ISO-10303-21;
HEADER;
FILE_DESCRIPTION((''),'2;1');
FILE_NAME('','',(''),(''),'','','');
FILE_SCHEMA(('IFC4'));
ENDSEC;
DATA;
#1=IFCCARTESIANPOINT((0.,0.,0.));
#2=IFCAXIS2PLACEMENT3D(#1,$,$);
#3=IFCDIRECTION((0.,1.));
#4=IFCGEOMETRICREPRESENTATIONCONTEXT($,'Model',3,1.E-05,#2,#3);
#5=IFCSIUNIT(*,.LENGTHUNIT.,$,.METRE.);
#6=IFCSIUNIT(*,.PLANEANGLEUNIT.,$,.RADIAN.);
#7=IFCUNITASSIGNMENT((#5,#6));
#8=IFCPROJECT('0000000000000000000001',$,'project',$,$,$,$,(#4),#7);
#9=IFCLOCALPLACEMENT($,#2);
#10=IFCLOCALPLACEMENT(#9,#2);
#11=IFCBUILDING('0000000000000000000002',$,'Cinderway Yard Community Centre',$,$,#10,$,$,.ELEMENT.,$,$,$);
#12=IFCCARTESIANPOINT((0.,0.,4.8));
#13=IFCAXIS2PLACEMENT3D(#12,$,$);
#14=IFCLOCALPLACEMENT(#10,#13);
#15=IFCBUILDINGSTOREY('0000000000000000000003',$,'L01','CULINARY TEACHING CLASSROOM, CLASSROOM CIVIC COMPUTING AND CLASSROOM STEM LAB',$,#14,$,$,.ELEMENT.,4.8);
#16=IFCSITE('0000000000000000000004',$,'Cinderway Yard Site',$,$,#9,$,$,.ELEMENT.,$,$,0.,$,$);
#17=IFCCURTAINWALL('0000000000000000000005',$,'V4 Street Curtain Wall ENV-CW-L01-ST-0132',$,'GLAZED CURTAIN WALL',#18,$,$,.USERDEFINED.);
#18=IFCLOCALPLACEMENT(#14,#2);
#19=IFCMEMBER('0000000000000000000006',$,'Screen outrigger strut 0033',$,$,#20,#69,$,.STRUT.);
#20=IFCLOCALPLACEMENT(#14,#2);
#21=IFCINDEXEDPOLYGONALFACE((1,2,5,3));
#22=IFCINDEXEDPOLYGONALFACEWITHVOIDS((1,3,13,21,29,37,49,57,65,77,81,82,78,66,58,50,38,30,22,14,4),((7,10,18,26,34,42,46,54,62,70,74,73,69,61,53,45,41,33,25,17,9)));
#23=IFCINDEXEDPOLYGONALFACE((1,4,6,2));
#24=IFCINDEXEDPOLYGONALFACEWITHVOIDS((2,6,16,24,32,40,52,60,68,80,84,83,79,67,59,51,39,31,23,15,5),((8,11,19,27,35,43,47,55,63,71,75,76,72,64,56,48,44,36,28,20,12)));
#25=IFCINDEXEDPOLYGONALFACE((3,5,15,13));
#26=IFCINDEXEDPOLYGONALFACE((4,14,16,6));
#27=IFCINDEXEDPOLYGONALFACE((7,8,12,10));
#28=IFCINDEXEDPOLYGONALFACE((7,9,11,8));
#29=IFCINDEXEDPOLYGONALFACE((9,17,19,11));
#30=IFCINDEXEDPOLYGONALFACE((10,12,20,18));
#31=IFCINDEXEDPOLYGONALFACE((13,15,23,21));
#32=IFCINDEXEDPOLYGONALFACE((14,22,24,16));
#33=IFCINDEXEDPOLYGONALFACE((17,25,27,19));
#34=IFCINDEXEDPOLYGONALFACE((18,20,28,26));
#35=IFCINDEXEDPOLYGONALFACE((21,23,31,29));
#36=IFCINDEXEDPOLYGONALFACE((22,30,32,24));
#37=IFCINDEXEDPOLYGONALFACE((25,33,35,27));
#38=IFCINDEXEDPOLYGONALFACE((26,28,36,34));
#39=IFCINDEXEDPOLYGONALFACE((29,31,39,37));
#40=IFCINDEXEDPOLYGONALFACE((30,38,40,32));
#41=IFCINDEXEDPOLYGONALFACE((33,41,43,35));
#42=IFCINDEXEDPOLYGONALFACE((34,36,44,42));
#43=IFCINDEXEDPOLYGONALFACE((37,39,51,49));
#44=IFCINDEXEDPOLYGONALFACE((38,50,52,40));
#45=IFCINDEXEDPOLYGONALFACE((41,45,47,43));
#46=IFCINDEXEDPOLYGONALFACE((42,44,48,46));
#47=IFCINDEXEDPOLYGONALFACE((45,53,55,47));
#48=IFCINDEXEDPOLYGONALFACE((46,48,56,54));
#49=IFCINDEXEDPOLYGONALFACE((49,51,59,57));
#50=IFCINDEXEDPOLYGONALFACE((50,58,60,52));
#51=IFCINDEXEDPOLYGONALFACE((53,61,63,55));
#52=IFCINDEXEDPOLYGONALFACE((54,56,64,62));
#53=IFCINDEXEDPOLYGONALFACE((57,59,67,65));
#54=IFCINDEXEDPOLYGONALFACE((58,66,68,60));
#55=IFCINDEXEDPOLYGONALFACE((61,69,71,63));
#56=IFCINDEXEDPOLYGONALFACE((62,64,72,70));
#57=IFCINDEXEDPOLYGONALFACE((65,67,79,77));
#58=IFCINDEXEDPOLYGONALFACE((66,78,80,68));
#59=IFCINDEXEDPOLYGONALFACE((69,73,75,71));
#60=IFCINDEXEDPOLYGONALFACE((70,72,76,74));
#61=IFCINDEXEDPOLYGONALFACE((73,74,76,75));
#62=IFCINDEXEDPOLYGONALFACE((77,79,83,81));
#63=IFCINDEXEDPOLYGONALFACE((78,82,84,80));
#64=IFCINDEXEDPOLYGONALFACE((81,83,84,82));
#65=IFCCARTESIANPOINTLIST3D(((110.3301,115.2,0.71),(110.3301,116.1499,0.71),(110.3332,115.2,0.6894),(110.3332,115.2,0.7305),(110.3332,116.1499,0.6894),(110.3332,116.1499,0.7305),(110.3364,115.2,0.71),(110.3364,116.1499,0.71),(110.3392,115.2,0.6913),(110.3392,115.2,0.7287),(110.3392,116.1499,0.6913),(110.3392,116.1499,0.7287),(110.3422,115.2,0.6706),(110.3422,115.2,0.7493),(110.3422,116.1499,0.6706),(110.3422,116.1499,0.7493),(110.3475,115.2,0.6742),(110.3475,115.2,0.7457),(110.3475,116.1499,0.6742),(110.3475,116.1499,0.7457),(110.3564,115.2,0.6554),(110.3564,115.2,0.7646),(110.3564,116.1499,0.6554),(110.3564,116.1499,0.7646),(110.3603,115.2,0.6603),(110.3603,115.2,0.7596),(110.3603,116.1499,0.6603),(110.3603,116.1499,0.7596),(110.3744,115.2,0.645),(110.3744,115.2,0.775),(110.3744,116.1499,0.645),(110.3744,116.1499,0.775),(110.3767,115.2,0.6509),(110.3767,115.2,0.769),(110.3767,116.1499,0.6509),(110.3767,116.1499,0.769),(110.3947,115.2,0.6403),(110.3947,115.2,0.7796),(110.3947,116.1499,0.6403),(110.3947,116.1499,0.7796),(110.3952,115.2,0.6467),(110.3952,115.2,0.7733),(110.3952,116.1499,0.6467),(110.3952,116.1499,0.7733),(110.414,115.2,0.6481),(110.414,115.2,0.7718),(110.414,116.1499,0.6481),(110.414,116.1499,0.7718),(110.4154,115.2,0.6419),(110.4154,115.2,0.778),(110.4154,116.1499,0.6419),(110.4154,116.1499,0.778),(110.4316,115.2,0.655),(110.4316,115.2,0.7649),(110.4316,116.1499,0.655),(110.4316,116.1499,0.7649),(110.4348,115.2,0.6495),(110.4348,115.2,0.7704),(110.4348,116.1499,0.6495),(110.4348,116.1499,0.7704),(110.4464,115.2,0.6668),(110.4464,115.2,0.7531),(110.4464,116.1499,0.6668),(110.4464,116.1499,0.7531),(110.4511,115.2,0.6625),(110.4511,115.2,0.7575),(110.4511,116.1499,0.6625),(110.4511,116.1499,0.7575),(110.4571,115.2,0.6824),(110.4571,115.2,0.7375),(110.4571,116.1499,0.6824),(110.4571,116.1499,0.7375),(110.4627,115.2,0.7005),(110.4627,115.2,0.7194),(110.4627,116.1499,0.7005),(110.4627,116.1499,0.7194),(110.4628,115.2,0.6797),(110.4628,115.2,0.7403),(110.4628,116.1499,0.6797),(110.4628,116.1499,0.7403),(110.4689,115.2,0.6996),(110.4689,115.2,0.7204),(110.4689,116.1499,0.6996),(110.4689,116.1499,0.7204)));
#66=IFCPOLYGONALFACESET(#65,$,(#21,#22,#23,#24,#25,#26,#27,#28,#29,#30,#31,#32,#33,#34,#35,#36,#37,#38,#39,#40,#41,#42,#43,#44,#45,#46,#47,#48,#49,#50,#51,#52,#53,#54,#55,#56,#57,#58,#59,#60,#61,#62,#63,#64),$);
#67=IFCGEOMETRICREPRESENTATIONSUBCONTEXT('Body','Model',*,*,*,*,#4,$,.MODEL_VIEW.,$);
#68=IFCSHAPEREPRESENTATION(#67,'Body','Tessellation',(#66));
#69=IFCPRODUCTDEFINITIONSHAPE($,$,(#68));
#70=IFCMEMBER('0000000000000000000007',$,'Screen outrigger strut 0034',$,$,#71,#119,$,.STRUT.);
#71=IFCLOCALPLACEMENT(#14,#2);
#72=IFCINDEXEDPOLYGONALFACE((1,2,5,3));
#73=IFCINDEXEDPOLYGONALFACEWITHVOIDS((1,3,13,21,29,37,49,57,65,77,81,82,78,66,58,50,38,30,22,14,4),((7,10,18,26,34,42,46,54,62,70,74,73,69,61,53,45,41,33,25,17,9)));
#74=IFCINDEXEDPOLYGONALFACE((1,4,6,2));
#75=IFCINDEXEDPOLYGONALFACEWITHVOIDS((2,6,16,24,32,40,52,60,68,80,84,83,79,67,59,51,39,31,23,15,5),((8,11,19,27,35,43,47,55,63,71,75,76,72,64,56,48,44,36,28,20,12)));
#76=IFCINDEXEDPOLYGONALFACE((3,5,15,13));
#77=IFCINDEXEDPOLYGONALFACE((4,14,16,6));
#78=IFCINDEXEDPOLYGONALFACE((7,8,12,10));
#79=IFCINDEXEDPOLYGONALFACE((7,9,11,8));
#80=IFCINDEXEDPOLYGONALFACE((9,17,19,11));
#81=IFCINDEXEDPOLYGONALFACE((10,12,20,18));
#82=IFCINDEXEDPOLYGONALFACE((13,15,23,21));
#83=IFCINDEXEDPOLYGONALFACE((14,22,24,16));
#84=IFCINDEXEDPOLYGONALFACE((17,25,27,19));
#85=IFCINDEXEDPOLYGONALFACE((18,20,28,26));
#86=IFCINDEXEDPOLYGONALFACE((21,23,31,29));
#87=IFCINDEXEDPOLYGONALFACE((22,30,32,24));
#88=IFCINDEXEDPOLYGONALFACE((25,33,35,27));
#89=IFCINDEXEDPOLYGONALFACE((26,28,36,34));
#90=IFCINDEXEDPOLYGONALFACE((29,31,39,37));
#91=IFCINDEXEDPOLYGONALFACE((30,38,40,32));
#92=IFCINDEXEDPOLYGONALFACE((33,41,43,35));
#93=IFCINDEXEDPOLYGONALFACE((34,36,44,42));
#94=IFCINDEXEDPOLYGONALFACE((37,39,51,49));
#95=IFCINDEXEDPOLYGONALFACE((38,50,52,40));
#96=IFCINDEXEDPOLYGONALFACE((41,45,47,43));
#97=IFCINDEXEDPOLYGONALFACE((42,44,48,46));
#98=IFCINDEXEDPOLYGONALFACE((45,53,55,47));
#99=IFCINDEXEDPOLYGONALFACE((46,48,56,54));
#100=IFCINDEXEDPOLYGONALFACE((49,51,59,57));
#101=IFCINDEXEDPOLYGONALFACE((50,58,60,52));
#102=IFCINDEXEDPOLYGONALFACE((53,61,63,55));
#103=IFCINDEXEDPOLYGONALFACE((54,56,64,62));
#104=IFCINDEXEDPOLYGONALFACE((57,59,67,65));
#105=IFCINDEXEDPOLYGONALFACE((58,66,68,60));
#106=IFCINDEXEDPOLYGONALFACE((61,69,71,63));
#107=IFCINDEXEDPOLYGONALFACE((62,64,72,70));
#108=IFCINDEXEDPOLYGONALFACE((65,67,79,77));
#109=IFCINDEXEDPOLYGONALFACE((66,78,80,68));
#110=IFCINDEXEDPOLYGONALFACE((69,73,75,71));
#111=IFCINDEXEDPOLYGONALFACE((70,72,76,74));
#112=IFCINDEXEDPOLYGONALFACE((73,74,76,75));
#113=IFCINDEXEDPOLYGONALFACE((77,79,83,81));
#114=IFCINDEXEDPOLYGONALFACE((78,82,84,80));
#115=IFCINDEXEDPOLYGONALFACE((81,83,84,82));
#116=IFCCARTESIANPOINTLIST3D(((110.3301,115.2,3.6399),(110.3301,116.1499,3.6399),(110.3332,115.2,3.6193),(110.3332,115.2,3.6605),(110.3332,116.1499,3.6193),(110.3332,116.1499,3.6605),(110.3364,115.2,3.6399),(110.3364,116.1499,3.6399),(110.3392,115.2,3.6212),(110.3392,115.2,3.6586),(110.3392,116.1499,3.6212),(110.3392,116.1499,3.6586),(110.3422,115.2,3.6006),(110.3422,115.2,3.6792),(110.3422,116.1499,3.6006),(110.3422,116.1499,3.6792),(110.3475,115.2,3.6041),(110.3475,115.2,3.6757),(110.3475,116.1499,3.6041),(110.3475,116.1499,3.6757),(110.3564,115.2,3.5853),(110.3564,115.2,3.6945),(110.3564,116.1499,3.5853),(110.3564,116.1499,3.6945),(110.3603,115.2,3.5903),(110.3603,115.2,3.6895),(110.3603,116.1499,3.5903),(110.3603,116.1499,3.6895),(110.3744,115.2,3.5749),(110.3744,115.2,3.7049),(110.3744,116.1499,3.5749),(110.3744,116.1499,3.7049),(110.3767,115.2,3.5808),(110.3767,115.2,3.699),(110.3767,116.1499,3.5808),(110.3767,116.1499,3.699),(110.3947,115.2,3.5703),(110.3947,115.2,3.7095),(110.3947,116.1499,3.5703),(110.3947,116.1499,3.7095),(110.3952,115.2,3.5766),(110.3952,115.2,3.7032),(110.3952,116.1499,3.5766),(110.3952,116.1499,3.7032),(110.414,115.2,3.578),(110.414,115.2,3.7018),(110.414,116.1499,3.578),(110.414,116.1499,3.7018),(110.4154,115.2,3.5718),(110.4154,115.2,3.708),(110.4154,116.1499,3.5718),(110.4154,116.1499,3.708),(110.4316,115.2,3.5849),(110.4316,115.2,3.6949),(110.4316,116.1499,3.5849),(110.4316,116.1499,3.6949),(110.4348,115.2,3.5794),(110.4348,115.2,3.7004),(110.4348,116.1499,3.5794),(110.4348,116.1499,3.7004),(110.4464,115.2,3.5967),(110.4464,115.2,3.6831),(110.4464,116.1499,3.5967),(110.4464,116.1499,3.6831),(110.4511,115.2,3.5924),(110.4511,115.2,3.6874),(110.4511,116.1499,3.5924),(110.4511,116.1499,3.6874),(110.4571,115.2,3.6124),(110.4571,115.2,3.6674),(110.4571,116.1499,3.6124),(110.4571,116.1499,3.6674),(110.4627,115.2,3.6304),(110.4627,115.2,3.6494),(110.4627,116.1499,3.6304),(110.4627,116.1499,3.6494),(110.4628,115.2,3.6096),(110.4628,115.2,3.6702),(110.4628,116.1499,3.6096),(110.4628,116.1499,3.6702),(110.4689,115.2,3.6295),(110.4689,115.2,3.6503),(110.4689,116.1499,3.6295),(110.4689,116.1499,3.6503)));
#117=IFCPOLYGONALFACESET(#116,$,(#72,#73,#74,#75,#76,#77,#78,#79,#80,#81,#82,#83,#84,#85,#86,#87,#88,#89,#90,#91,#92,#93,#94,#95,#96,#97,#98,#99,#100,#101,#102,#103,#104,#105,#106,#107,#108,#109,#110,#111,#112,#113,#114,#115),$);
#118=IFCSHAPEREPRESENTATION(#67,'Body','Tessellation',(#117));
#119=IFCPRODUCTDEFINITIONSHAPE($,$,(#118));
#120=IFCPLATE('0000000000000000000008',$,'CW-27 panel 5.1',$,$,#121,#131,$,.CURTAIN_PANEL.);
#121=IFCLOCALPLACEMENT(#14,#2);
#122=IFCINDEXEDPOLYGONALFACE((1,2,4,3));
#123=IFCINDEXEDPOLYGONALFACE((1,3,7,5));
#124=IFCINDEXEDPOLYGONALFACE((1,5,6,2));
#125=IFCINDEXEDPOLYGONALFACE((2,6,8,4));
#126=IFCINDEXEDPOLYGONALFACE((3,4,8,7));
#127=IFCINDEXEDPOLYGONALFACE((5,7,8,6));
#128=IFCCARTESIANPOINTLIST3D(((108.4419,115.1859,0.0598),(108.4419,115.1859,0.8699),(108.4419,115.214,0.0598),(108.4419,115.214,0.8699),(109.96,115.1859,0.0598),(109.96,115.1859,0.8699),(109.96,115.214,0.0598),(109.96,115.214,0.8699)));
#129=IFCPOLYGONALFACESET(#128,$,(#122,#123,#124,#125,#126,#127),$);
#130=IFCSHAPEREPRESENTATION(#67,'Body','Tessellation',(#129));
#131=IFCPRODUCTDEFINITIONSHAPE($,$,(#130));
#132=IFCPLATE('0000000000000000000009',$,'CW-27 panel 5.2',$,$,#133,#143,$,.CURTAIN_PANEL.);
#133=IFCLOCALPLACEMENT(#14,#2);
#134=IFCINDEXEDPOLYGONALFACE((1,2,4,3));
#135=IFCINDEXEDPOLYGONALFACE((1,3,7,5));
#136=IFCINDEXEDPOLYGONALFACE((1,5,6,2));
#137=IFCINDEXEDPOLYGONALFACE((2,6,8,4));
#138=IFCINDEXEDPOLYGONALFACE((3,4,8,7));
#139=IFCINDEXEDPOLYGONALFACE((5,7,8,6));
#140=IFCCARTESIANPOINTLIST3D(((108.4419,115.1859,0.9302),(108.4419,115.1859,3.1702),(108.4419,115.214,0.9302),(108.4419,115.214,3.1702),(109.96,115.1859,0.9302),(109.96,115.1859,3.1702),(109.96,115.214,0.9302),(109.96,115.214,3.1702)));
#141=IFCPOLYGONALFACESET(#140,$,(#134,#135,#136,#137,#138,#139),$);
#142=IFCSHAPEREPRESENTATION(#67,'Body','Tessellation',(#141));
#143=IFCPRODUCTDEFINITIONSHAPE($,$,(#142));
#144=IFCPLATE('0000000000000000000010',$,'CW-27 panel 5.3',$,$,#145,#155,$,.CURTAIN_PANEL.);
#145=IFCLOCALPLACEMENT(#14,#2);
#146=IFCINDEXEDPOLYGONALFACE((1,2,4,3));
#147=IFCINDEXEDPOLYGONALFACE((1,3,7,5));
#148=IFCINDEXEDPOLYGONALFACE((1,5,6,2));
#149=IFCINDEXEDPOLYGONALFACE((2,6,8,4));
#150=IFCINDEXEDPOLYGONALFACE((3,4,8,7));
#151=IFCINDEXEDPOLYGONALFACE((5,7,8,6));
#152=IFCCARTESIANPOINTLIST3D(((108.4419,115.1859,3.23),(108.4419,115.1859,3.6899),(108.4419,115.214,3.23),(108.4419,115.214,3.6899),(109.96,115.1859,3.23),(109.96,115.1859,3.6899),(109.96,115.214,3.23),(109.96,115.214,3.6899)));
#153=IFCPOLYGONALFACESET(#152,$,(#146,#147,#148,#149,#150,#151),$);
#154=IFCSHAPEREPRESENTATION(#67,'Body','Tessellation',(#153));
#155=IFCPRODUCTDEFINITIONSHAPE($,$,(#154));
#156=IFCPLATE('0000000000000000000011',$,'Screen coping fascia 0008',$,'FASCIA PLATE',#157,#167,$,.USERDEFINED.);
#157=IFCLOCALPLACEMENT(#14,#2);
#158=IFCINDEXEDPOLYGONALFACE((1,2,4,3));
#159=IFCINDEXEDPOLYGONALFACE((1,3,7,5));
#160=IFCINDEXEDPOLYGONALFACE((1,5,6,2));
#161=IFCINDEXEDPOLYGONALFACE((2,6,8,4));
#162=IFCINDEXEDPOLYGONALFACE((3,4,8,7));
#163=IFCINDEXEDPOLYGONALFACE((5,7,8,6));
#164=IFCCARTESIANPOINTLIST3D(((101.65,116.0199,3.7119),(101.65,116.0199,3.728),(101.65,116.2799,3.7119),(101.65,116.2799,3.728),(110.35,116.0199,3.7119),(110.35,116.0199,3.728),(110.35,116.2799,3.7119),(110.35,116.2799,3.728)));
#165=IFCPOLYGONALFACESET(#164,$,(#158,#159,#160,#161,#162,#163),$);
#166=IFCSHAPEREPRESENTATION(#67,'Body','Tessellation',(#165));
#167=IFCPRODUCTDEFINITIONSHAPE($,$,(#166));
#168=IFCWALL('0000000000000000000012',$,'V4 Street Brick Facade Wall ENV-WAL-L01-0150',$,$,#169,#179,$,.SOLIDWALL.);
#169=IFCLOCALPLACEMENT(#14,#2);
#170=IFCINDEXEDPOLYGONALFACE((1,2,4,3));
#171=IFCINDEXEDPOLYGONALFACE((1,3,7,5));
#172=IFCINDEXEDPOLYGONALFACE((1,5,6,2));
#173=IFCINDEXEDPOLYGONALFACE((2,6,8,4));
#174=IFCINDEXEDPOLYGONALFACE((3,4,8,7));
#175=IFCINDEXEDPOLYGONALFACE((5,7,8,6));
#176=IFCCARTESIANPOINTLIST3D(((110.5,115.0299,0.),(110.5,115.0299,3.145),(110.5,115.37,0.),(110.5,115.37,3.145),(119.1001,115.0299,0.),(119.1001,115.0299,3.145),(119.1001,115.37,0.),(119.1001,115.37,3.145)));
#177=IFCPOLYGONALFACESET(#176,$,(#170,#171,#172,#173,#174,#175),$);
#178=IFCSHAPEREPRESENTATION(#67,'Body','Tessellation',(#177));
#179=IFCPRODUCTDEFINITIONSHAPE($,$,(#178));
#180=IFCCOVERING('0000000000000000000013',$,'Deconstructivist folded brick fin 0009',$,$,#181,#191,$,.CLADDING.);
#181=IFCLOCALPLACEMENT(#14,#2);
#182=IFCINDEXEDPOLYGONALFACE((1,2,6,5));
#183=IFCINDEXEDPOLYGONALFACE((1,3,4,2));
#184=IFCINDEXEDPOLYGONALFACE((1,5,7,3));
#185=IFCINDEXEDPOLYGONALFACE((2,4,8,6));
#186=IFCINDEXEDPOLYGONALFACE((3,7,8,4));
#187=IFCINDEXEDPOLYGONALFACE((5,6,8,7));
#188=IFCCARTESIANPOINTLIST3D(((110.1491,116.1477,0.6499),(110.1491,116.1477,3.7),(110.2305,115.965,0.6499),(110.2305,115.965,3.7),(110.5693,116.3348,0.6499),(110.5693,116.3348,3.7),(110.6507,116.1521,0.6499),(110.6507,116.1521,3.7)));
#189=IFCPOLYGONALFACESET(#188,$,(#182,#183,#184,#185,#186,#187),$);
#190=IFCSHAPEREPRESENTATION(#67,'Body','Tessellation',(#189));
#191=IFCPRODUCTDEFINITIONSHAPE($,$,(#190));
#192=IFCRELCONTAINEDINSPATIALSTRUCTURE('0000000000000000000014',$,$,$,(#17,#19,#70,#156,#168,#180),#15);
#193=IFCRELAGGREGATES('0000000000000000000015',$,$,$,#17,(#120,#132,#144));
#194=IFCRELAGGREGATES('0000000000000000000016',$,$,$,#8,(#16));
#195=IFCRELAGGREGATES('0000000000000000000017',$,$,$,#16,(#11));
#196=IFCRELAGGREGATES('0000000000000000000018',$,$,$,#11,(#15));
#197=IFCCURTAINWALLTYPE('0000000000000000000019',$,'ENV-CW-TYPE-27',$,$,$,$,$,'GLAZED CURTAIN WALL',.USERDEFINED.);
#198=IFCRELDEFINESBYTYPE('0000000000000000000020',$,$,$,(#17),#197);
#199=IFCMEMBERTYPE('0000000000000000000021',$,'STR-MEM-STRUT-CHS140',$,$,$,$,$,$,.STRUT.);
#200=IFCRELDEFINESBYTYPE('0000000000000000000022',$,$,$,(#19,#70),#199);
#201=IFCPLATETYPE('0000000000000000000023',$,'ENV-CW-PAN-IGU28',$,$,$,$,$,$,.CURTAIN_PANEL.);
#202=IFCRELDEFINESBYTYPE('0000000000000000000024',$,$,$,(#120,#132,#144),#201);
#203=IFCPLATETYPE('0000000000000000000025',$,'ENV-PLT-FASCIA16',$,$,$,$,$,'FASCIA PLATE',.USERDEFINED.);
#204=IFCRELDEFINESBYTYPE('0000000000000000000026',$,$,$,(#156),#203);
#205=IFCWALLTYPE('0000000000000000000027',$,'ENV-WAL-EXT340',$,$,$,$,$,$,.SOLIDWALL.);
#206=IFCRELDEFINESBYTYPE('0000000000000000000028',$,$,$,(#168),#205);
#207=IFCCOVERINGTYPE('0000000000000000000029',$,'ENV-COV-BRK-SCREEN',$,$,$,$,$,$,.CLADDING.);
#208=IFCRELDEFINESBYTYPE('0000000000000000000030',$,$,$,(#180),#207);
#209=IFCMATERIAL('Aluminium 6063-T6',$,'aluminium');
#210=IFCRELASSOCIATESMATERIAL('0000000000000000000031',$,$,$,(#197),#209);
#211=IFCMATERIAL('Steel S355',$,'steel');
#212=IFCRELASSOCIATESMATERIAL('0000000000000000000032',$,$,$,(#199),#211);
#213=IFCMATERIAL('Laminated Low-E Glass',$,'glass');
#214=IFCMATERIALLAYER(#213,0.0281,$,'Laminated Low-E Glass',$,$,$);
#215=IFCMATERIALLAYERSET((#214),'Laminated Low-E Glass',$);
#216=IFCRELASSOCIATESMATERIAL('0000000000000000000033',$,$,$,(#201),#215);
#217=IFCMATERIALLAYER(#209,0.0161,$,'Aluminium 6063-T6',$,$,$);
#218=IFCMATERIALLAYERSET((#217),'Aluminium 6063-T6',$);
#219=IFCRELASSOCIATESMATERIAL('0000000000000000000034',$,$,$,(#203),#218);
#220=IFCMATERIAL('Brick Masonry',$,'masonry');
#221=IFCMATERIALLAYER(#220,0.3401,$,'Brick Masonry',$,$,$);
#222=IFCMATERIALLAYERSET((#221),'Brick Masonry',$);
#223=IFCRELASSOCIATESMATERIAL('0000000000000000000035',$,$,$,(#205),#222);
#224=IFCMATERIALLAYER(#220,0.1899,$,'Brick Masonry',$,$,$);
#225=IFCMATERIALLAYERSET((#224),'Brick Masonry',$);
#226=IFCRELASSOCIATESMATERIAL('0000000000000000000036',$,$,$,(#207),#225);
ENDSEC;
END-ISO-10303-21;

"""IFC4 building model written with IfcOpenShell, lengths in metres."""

from ifc_helpers import new_model, si_unit, direction, frame, frame_2d, origin, origin_2d, place, context, subcontext, project, spatial, rectangle, hollow_circle, extrude, material, layer, layer_set, material_profile, profile_set, type_object, element, aggregate, save


model = new_model("IFC4")

# Units and contexts
model_context = context("Model", 3, precision=1e-05, world=origin(), true_north=direction((0.0, 1.0)))
body_context = subcontext(model_context, "Body", "Model", "MODEL_VIEW")
ifc_project = project(units=[si_unit("LENGTHUNIT", "METRE"), si_unit("PLANEANGLEUNIT", "RADIAN")], contexts=[model_context])

# Site, building, storey
site_placement = place(None, origin())
site = spatial("IfcSite", under=ifc_project, at=site_placement, Name="Cinderway Yard Site", CompositionType="ELEMENT", RefElevation=0.0)
building_placement = place(site_placement, origin())
building = spatial("IfcBuilding", under=site, at=building_placement, Name="Cinderway Yard Community Centre", CompositionType="ELEMENT")
storey_placement = place(building_placement, frame((0.0, 0.0, 4.8)))
storey = spatial("IfcBuildingStorey", under=building, at=storey_placement, Name="L01", Description="CULINARY TEACHING CLASSROOM, CLASSROOM CIVIC COMPUTING AND CLASSROOM STEM LAB", CompositionType="ELEMENT", Elevation=4.8)

# Curtain wall
ifc_material_1 = material(Name="Aluminium 6063-T6", Category="aluminium")
curtain_wall_type = type_object("IfcCurtainWallType", Name="ENV-CW-TYPE-27", ElementType="GLAZED CURTAIN WALL", PredefinedType="USERDEFINED", material=ifc_material_1)
curtain_wall_placement = place(storey_placement, origin())
curtain_wall = element("IfcCurtainWall", 1, at=curtain_wall_placement, inside=storey, type_object=curtain_wall_type, Name="V4 Street Curtain Wall ENV-CW-L01-ST-0132", ObjectType="GLAZED CURTAIN WALL", PredefinedType="USERDEFINED")

# Shared definitions
ifc_material_2 = material(Name="Steel S355", Category="steel")

# Members
ifc_material_profile_1 = material_profile(ifc_material_2, hollow_circle(Radius=0.0698, WallThickness=0.0063, at=origin_2d()), Name="Steel S355")
ifc_profile_set_1 = profile_set([ifc_material_profile_1], Name="Steel S355")
member_type_1 = type_object("IfcMemberType", Name="STR-MEM-STRUT-CHS140", PredefinedType="STRUT", material=ifc_profile_set_1)
for number, where, z_axis, x_axis, name in (
    (2, (110.3999, 115.2, 0.71), (0.0, 1.0, 0.0), (-1.0, 0.0, 0.0), "Screen outrigger strut 0033"),
    (3, (110.3999, 115.2, 3.6399), (0.0, 1.0, 0.0), (-1.0, 0.0, 0.0), "Screen outrigger strut 0034"),
):
    element("IfcMember", number, at=place(storey_placement, frame(where, z_axis=z_axis, x_axis=x_axis)), inside=storey, type_object=member_type_1, Name=name, PredefinedType="STRUT", context=body_context, shape_type="SweptSolid", body=[
        extrude(hollow_circle(Radius=0.0698, WallThickness=0.0063, at=origin_2d()), origin(), (0.0, 0.0, 1.0), 0.95),
    ])

# Plates
ifc_material_3 = material(Name="Laminated Low-E Glass", Category="glass")
ifc_layer_1 = layer(ifc_material_3, 0.0281, Name="Laminated Low-E Glass")
ifc_layer_set_1 = layer_set([ifc_layer_1], Name="Laminated Low-E Glass")
plate_type_1 = type_object("IfcPlateType", Name="ENV-CW-PAN-IGU28", PredefinedType="CURTAIN_PANEL", material=ifc_layer_set_1)
plate_1_placement = place(storey_placement, frame((109.2009, 115.2, 0.0598), z_axis=(0.0, 0.0, 1.0), x_axis=(1.0, 0.0, 0.0)))
plate_1 = element("IfcPlate", 4, at=plate_1_placement, type_object=plate_type_1, Name="CW-27 panel 5.1", PredefinedType="CURTAIN_PANEL", context=body_context, shape_type="SweptSolid", body=[
    extrude(rectangle(XDim=1.5181, YDim=0.0281, at=origin_2d()), origin(), (0.0, 0.0, 1.0), 0.8101),
])
plate_2_placement = place(storey_placement, frame((109.2009, 115.2, 0.9302), z_axis=(0.0, 0.0, 1.0), x_axis=(1.0, 0.0, 0.0)))
plate_2 = element("IfcPlate", 5, at=plate_2_placement, type_object=plate_type_1, Name="CW-27 panel 5.2", PredefinedType="CURTAIN_PANEL", context=body_context, shape_type="SweptSolid", body=[
    extrude(rectangle(XDim=1.5181, YDim=0.0281, at=origin_2d()), origin(), (0.0, 0.0, 1.0), 2.24),
])
plate_3_placement = place(storey_placement, frame((109.2009, 115.2, 3.23), z_axis=(0.0, 0.0, 1.0), x_axis=(1.0, 0.0, 0.0)))
plate_3 = element("IfcPlate", 6, at=plate_3_placement, type_object=plate_type_1, Name="CW-27 panel 5.3", PredefinedType="CURTAIN_PANEL", context=body_context, shape_type="SweptSolid", body=[
    extrude(rectangle(XDim=1.5181, YDim=0.0281, at=origin_2d()), origin(), (0.0, 0.0, 1.0), 0.46),
])
aggregate(curtain_wall, [plate_1, plate_2, plate_3])
ifc_layer_2 = layer(ifc_material_1, 0.0161, Name="Aluminium 6063-T6")
ifc_layer_set_2 = layer_set([ifc_layer_2], Name="Aluminium 6063-T6")
plate_type_2 = type_object("IfcPlateType", Name="ENV-PLT-FASCIA16", ElementType="FASCIA PLATE", PredefinedType="USERDEFINED", material=ifc_layer_set_2)
plate_4_placement = place(storey_placement, frame((106.0, 116.1499, 3.7119), z_axis=(0.0, 0.0, 1.0), x_axis=(1.0, 0.0, 0.0)))
element("IfcPlate", 7, at=plate_4_placement, inside=storey, type_object=plate_type_2, Name="Screen coping fascia 0008", ObjectType="FASCIA PLATE", PredefinedType="USERDEFINED", context=body_context, shape_type="SweptSolid", body=[
    extrude(rectangle(XDim=8.7, YDim=0.26, at=origin_2d()), origin(), (0.0, 0.0, 1.0), 0.0161),
])

# Wall
ifc_material_4 = material(Name="Brick Masonry", Category="masonry")
ifc_layer_3 = layer(ifc_material_4, 0.3401, Name="Brick Masonry")
ifc_layer_set_3 = layer_set([ifc_layer_3], Name="Brick Masonry")
wall_type = type_object("IfcWallType", Name="ENV-WAL-EXT340", PredefinedType="SOLIDWALL", material=ifc_layer_set_3)
wall_placement = place(storey_placement, frame((110.5, 115.2, 0.0), z_axis=(0.0, 0.0, 1.0), x_axis=(1.0, 0.0, 0.0)))
element("IfcWall", 8, at=wall_placement, inside=storey, type_object=wall_type, Name="V4 Street Brick Facade Wall ENV-WAL-L01-0150", PredefinedType="SOLIDWALL", context=body_context, shape_type="SweptSolid", body=[
    extrude(rectangle(XDim=8.6001, YDim=0.3401, at=frame_2d((4.3, 0.0))), origin(), (0.0, 0.0, 1.0), 3.145),
])

# Covering
ifc_layer_4 = layer(ifc_material_4, 0.1899, Name="Brick Masonry")
ifc_layer_set_4 = layer_set([ifc_layer_4], Name="Brick Masonry")
covering_type = type_object("IfcCoveringType", Name="ENV-COV-BRK-SCREEN", PredefinedType="CLADDING", material=ifc_layer_set_4)
covering_placement = place(storey_placement, frame((110.3999, 116.1499, 0.6499), z_axis=(0.0, 0.0, 1.0), x_axis=(0.913545, 0.406737, 0.0)))
element("IfcCovering", 9, at=covering_placement, inside=storey, type_object=covering_type, Name="Deconstructivist folded brick fin 0009", PredefinedType="CLADDING", context=body_context, shape_type="SweptSolid", body=[
    extrude(rectangle(XDim=0.46, YDim=0.2, at=origin_2d()), origin(), (0.0, 0.0, 1.0), 3.05),
])

save(model, "model.ifc")
